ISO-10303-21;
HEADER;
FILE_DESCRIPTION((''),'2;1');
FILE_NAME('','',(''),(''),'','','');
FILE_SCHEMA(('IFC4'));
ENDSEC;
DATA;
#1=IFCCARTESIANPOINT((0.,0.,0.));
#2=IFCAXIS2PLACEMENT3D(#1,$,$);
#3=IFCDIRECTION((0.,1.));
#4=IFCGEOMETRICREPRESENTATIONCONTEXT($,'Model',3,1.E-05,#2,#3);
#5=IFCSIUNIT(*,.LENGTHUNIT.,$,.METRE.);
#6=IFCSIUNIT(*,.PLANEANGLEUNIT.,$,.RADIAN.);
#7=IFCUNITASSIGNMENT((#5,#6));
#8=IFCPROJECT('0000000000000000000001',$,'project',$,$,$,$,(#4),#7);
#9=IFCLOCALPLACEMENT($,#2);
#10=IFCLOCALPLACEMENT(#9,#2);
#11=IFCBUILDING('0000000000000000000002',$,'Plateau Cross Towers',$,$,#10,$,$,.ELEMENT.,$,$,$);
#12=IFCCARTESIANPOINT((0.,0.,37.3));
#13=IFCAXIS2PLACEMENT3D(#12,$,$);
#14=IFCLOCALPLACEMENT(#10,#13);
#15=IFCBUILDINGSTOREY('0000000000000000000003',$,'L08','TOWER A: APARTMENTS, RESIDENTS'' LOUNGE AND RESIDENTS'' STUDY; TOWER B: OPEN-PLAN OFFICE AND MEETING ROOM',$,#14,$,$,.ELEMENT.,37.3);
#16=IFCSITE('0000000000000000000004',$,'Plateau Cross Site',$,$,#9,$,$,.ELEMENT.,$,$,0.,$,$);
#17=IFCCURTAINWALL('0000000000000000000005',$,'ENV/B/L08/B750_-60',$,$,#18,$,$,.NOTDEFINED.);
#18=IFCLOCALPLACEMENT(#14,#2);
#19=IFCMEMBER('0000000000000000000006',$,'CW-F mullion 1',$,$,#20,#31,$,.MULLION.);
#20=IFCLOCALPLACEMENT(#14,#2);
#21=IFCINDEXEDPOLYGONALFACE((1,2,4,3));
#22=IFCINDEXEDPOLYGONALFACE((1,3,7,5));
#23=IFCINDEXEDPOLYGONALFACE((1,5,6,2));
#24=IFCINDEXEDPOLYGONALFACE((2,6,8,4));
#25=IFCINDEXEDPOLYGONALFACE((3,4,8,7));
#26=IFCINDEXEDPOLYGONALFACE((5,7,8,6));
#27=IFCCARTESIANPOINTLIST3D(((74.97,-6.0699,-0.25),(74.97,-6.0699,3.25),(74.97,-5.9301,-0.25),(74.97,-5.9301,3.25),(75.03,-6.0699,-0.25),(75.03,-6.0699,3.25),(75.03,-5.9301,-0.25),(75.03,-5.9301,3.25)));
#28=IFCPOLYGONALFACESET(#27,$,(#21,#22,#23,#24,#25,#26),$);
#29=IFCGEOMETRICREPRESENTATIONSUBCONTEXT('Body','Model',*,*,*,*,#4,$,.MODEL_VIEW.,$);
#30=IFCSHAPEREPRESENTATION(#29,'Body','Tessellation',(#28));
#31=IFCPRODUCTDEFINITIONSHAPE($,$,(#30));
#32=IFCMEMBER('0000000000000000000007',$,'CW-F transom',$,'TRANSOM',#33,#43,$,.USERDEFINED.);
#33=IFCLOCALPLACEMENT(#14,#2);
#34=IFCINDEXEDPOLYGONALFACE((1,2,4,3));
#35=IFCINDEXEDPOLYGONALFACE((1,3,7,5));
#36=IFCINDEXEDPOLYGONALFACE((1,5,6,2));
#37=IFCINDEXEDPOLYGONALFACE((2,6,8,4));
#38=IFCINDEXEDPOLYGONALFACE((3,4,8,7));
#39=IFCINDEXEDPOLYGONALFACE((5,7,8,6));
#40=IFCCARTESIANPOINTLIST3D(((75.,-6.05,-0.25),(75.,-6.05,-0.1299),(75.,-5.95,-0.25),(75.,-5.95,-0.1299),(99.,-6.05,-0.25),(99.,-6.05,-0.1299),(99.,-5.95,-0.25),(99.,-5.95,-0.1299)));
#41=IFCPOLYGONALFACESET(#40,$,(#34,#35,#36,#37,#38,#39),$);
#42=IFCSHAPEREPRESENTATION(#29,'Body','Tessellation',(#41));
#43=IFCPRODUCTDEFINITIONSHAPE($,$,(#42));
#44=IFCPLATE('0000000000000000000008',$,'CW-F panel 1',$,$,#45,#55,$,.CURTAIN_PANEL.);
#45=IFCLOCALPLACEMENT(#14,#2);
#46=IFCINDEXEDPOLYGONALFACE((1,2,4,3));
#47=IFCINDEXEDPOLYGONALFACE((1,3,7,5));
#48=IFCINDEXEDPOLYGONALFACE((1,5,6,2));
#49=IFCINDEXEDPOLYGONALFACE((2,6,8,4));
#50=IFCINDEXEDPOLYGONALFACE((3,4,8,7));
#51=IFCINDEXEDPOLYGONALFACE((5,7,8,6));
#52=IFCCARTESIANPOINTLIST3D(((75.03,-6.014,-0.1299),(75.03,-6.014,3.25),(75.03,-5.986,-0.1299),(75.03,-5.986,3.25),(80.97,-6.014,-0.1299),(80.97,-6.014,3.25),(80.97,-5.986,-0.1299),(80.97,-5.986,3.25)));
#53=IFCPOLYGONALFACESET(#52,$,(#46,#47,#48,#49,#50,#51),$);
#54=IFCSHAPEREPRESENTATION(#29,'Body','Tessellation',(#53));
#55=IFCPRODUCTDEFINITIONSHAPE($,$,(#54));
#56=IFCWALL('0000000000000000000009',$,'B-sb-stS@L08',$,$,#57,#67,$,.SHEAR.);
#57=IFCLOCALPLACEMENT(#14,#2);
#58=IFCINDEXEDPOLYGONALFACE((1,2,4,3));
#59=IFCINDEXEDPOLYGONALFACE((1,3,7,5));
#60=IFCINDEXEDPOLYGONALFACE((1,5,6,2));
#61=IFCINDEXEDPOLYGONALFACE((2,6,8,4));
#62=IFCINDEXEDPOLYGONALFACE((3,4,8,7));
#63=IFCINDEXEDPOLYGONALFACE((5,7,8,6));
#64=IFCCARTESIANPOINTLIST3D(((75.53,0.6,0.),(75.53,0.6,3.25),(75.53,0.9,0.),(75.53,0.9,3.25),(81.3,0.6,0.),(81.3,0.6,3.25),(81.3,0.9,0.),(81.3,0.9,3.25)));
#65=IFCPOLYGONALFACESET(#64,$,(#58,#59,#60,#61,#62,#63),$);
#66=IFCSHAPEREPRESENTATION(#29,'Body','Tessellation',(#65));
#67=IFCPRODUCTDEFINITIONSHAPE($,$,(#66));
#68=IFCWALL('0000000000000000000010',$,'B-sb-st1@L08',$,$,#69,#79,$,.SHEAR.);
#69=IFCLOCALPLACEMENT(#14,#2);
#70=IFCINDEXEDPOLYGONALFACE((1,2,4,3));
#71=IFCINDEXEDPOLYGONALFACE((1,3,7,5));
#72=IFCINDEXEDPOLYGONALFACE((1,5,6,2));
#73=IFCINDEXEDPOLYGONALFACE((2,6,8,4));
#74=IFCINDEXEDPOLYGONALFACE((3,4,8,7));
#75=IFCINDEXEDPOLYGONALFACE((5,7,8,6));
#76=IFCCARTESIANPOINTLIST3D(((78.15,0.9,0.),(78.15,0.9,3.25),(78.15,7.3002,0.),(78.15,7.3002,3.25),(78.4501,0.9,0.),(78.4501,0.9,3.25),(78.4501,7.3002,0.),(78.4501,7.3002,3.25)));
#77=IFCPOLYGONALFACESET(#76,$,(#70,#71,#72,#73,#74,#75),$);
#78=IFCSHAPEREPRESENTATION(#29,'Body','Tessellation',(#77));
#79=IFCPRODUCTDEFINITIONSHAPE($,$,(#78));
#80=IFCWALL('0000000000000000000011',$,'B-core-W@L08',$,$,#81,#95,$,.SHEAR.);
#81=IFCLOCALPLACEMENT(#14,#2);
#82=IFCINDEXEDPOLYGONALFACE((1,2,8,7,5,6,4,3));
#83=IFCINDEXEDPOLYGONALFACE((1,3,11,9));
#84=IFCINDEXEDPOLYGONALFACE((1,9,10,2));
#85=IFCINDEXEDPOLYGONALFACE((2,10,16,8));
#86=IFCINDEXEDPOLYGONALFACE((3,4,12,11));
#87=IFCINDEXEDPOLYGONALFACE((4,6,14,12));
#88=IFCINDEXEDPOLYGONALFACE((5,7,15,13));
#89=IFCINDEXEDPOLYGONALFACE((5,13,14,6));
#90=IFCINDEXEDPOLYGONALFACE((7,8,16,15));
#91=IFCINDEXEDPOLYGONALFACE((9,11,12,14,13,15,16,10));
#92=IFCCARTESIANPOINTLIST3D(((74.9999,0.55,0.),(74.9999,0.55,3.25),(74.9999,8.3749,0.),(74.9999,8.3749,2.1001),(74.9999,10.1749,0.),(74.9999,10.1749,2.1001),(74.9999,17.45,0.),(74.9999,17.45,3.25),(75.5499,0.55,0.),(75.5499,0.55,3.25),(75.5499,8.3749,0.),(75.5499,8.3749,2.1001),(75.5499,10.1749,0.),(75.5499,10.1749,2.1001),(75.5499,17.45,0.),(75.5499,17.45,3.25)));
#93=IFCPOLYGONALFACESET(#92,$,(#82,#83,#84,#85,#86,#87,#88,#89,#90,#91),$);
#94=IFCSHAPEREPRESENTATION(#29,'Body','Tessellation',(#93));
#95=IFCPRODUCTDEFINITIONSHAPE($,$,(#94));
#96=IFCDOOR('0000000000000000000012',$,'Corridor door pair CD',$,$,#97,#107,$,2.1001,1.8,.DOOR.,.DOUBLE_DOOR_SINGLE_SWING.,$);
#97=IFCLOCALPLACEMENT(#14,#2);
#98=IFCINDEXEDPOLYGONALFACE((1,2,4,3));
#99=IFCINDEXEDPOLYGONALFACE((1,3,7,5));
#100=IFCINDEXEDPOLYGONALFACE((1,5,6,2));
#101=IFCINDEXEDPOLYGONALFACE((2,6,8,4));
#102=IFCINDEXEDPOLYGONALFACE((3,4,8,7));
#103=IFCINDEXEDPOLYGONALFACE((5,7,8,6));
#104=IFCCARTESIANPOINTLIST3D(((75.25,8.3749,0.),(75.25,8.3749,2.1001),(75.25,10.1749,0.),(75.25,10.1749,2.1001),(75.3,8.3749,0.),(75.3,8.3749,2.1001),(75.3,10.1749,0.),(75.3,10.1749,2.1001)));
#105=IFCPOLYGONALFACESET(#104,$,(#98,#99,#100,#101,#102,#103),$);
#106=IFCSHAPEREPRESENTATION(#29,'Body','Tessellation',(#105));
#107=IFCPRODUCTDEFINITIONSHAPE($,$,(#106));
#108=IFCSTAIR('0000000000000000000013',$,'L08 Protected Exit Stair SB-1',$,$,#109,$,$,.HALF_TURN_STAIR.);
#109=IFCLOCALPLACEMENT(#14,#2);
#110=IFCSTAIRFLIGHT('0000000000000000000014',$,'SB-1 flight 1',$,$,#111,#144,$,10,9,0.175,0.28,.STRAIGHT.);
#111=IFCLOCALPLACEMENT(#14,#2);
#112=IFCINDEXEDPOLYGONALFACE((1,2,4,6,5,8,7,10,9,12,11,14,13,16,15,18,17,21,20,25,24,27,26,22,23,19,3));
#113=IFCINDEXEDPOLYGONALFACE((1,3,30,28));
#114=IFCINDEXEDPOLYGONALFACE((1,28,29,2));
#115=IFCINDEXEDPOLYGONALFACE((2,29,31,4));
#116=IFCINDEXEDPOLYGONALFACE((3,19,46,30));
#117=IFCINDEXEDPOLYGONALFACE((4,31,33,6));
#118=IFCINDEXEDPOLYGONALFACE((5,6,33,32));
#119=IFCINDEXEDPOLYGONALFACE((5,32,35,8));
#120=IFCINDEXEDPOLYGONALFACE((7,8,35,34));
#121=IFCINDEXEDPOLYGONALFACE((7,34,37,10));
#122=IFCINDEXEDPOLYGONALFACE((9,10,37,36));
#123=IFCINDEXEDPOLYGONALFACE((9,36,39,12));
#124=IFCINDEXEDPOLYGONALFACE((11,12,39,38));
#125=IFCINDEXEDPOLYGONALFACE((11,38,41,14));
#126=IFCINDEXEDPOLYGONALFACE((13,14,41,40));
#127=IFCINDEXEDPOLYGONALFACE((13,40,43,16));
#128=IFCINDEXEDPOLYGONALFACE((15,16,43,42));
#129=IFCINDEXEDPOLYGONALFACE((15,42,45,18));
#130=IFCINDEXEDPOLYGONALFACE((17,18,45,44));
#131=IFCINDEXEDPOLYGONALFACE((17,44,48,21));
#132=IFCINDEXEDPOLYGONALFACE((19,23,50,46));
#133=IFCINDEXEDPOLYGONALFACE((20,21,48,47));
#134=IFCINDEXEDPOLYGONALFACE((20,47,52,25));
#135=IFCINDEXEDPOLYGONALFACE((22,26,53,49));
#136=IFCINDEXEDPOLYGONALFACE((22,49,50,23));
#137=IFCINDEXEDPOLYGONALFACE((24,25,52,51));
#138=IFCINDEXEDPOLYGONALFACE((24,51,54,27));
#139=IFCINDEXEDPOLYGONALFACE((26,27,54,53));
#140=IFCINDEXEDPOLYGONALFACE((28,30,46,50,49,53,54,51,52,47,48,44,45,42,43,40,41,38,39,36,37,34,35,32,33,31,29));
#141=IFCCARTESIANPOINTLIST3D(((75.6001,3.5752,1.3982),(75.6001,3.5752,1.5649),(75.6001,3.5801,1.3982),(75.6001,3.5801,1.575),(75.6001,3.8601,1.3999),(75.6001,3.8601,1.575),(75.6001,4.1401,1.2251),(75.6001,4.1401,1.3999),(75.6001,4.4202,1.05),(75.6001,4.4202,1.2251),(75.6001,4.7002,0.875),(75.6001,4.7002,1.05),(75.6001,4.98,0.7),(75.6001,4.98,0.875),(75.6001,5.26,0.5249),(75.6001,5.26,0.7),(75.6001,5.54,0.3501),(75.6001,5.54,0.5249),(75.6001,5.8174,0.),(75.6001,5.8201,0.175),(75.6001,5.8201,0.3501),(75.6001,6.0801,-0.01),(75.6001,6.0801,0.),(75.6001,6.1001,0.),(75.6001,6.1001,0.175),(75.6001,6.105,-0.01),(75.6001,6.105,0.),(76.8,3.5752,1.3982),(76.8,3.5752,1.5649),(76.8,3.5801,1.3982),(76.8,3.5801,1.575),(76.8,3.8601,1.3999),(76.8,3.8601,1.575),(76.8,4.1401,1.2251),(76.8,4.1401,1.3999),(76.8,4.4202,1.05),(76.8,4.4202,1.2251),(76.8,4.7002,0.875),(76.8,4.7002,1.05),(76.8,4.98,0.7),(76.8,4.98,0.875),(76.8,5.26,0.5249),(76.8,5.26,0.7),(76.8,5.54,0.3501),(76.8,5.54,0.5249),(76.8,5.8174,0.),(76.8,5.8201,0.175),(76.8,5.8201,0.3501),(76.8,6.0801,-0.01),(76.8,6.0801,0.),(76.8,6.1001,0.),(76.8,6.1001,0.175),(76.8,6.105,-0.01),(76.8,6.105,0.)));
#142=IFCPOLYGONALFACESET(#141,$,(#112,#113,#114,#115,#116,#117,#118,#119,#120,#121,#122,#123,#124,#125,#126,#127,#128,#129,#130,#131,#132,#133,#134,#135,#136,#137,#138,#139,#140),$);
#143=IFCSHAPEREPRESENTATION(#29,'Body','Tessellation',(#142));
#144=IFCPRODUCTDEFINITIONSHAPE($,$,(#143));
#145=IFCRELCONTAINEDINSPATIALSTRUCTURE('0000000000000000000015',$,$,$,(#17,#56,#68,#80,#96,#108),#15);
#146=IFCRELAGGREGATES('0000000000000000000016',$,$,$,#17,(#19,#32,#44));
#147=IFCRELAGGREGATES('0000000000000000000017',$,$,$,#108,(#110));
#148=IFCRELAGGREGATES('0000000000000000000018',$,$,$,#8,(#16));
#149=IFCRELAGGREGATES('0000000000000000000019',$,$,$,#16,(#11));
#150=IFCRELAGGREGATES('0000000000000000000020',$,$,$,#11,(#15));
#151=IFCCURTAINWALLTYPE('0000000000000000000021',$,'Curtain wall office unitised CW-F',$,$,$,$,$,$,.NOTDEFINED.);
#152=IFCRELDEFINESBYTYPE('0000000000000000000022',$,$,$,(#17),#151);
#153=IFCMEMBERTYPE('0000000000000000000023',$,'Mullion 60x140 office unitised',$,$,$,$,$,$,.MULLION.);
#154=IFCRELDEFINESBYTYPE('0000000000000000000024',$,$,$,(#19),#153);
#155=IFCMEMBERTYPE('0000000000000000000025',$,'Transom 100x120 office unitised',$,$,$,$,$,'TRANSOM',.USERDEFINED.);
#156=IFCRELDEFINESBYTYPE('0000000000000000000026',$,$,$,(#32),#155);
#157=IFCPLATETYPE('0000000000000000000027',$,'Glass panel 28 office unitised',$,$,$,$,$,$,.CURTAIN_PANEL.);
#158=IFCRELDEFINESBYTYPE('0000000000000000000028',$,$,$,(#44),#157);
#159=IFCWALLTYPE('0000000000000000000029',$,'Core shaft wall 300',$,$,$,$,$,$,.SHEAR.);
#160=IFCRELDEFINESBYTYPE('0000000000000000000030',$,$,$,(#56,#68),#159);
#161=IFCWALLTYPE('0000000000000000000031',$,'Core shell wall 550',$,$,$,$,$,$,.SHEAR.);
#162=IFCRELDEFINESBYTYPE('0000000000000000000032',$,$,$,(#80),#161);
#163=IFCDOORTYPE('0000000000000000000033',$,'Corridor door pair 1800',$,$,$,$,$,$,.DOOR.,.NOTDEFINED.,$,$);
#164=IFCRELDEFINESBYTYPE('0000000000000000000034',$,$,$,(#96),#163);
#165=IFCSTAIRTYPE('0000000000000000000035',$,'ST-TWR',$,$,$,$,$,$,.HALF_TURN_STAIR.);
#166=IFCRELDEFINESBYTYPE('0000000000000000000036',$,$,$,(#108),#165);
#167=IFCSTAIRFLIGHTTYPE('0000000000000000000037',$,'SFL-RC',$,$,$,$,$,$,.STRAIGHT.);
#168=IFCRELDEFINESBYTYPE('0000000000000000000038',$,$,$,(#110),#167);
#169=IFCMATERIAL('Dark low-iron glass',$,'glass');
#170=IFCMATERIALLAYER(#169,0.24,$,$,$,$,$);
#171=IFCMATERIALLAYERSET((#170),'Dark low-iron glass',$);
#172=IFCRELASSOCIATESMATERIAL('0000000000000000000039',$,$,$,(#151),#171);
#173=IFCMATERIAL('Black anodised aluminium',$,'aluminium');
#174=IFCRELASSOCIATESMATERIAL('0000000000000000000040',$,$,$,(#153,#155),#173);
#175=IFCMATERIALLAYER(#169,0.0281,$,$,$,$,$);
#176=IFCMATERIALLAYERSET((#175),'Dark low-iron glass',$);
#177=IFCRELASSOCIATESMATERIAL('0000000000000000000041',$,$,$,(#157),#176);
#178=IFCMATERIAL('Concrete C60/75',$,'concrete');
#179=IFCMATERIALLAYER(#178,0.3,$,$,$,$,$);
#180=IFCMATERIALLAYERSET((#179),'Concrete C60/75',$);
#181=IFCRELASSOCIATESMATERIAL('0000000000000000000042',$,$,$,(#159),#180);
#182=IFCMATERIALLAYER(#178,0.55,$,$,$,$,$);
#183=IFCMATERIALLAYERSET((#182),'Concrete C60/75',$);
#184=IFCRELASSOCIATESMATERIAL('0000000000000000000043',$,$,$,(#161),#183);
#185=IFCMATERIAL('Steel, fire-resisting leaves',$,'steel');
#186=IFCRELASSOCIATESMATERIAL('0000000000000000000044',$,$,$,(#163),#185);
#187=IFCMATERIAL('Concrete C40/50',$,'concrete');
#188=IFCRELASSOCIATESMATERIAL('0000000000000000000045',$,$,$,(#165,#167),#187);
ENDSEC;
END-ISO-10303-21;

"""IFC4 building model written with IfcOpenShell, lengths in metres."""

from ifc_helpers import new_model, si_unit, direction, frame, frame_2d, origin, origin_2d, place, context, subcontext, project, spatial, polyline, rectangle, outline, extrude, material, layer, layer_set, material_profile, profile_set, type_object, element, fill, aggregate, save


model = new_model("IFC4")

# Units and contexts
model_context = context("Model", 3, precision=1e-05, world=origin(), true_north=direction((0.0, 1.0)))
body_context = subcontext(model_context, "Body", "Model", "MODEL_VIEW")
ifc_project = project(units=[si_unit("LENGTHUNIT", "METRE"), si_unit("PLANEANGLEUNIT", "RADIAN")], contexts=[model_context])

# Site, building, storey
site_placement = place(None, origin())
site = spatial("IfcSite", under=ifc_project, at=site_placement, Name="Plateau Cross Site", CompositionType="ELEMENT", RefElevation=0.0)
building_placement = place(site_placement, origin())
building = spatial("IfcBuilding", under=site, at=building_placement, Name="Plateau Cross Towers", CompositionType="ELEMENT")
storey_placement = place(building_placement, frame((0.0, 0.0, 37.3)))
storey = spatial("IfcBuildingStorey", under=building, at=storey_placement, Name="L08", Description="TOWER A: APARTMENTS, RESIDENTS' LOUNGE AND RESIDENTS' STUDY; TOWER B: OPEN-PLAN OFFICE AND MEETING ROOM", CompositionType="ELEMENT", Elevation=37.3)

# Curtain wall, members, plate
ifc_material_1 = material(Name="Dark low-iron glass", Category="glass")
ifc_layer_1 = layer(ifc_material_1, 0.24)
ifc_layer_set_1 = layer_set([ifc_layer_1], Name="Dark low-iron glass")
curtain_wall_type = type_object("IfcCurtainWallType", Name="Curtain wall office unitised CW-F", PredefinedType="NOTDEFINED", material=ifc_layer_set_1)
curtain_wall_placement = place(storey_placement, origin())
curtain_wall = element("IfcCurtainWall", 1, at=curtain_wall_placement, inside=storey, type_object=curtain_wall_type, Name="ENV/B/L08/B750_-60", PredefinedType="NOTDEFINED")
ifc_material_2 = material(Name="Black anodised aluminium", Category="aluminium")
ifc_material_profile_1 = material_profile(ifc_material_2, rectangle(XDim=0.0601, YDim=0.1399, at=origin_2d()), Name="MULLION 60x140")
ifc_profile_set_1 = profile_set([ifc_material_profile_1], Name="Black anodised aluminium")
member_type_1 = type_object("IfcMemberType", Name="Mullion 60x140 office unitised", PredefinedType="MULLION", material=ifc_profile_set_1)
member_1_placement = place(storey_placement, frame((75.0, -6.0, -0.25), z_axis=(0.0, 0.0, 1.0), x_axis=(1.0, 0.0, 0.0)))
member_1 = element("IfcMember", 2, at=member_1_placement, type_object=member_type_1, Name="CW-F mullion 1", PredefinedType="MULLION", context=body_context, shape_type="SweptSolid", body=[
    extrude(rectangle(XDim=0.0601, YDim=0.1399, at=origin_2d()), origin(), (0.0, 0.0, 1.0), 3.5),
])
ifc_material_profile_2 = material_profile(ifc_material_2, rectangle(XDim=0.1001, YDim=0.1201, at=origin_2d()), Name="TRANSOM 100x120")
ifc_profile_set_2 = profile_set([ifc_material_profile_2], Name="Black anodised aluminium")
member_type_2 = type_object("IfcMemberType", Name="Transom 100x120 office unitised", ElementType="TRANSOM", PredefinedType="USERDEFINED", material=ifc_profile_set_2)
member_2_placement = place(storey_placement, frame((75.0, -6.0, -0.1899), z_axis=(1.0, 0.0, 0.0), x_axis=(0.0, 1.0, 0.0)))
member_2 = element("IfcMember", 3, at=member_2_placement, type_object=member_type_2, Name="CW-F transom", ObjectType="TRANSOM", PredefinedType="USERDEFINED", context=body_context, shape_type="SweptSolid", body=[
    extrude(rectangle(XDim=0.1001, YDim=0.1201, at=origin_2d()), origin(), (0.0, 0.0, 1.0), 24.0),
])
ifc_layer_2 = layer(ifc_material_1, 0.0281)
ifc_layer_set_2 = layer_set([ifc_layer_2], Name="Dark low-iron glass")
plate_type = type_object("IfcPlateType", Name="Glass panel 28 office unitised", PredefinedType="CURTAIN_PANEL", material=ifc_layer_set_2)
plate_placement = place(storey_placement, frame((78.0, -6.0, -0.1299), z_axis=(0.0, 0.0, 1.0), x_axis=(1.0, 0.0, 0.0)))
plate = element("IfcPlate", 4, at=plate_placement, type_object=plate_type, Name="CW-F panel 1", PredefinedType="CURTAIN_PANEL", context=body_context, shape_type="SweptSolid", body=[
    extrude(rectangle(XDim=5.9399, YDim=0.0281, at=origin_2d()), origin(), (0.0, 0.0, 1.0), 3.3799),
])
aggregate(curtain_wall, [member_1, member_2, plate])

# Walls
ifc_material_3 = material(Name="Concrete C60/75", Category="concrete")
ifc_layer_3 = layer(ifc_material_3, 0.3)
ifc_layer_set_3 = layer_set([ifc_layer_3], Name="Concrete C60/75")
wall_type_1 = type_object("IfcWallType", Name="Core shaft wall 300", PredefinedType="SHEAR", material=ifc_layer_set_3)
wall_1_placement = place(storey_placement, frame((75.53, 0.75, 0.0), z_axis=(0.0, 0.0, 1.0), x_axis=(1.0, 0.0, 0.0)))
element("IfcWall", 5, at=wall_1_placement, inside=storey, type_object=wall_type_1, Name="B-sb-stS@L08", PredefinedType="SHEAR", context=body_context, shape_type="SweptSolid", body=[
    extrude(rectangle(XDim=5.77, YDim=0.3, at=frame_2d((2.885, 0.0))), origin(), (0.0, 0.0, 1.0), 3.25),
])
wall_2_placement = place(storey_placement, frame((78.3, 0.8999, 0.0), z_axis=(0.0, 0.0, 1.0), x_axis=(0.0, 1.0, 0.0)))
element("IfcWall", 6, at=wall_2_placement, inside=storey, type_object=wall_type_1, Name="B-sb-st1@L08", PredefinedType="SHEAR", context=body_context, shape_type="SweptSolid", body=[
    extrude(rectangle(XDim=6.4001, YDim=0.3, at=frame_2d((3.2002, 0.0))), origin(), (0.0, 0.0, 1.0), 3.25),
])

# Wall, opening, door
ifc_layer_4 = layer(ifc_material_3, 0.55)
ifc_layer_set_4 = layer_set([ifc_layer_4], Name="Concrete C60/75")
wall_type_2 = type_object("IfcWallType", Name="Core shell wall 550", PredefinedType="SHEAR", material=ifc_layer_set_4)
wall_3_placement = place(storey_placement, frame((75.2749, 0.55, 0.0), z_axis=(0.0, 0.0, 1.0), x_axis=(0.0, 1.0, 0.0)))
wall_3 = element("IfcWall", 7, at=wall_3_placement, inside=storey, type_object=wall_type_2, Name="B-core-W@L08", PredefinedType="SHEAR", context=body_context, shape_type="SweptSolid", body=[
    extrude(rectangle(XDim=16.8999, YDim=0.55, at=frame_2d((8.45, 0.0))), origin(), (0.0, 0.0, 1.0), 3.25),
])
opening_1_placement = place(wall_3_placement, frame((7.825, 0.0, 0.0)))
opening_1 = element("IfcOpeningElement", 8, at=opening_1_placement, cuts=wall_3, PredefinedType="OPENING", context=body_context, shape_type="SweptSolid", body=[
    extrude(rectangle(XDim=1.8, YDim=2.1001, at=frame_2d((0.8999, 1.05))), frame((0.0, 0.2849, 0.0), z_axis=(0.0, -1.0, 0.0), x_axis=(1.0, 0.0, 0.0)), (0.0, 0.0, 1.0), 0.5701),
])
ifc_material_4 = material(Name="Steel, fire-resisting leaves", Category="steel")
door_type_1 = type_object("IfcDoorType", Name="Corridor door pair 1800", OperationType="NOTDEFINED", PredefinedType="DOOR", material=ifc_material_4)
door_1_placement = place(opening_1_placement, origin())
door_1 = element("IfcDoor", 9, at=door_1_placement, inside=storey, type_object=door_type_1, Name="Corridor door pair CD", OperationType="DOUBLE_DOOR_SINGLE_SWING", OverallHeight=2.1001, OverallWidth=1.8, PredefinedType="DOOR", context=body_context, shape_type="SweptSolid", body=[
    extrude(rectangle(XDim=1.8, YDim=2.1001, at=frame_2d((0.8999, 1.05))), frame((0.0, 0.0249, 0.0), z_axis=(0.0, -1.0, 0.0), x_axis=(1.0, 0.0, 0.0)), (0.0, 0.0, 1.0), 0.05),
])
fill(opening_1, door_1)

# Stair, stair flight
ifc_material_5 = material(Name="Concrete C40/50", Category="concrete")
stair_type = type_object("IfcStairType", Name="ST-TWR", PredefinedType="HALF_TURN_STAIR", material=ifc_material_5)
stair_placement = place(storey_placement, origin())
stair = element("IfcStair", 10, at=stair_placement, inside=storey, type_object=stair_type, Name="L08 Protected Exit Stair SB-1", PredefinedType="HALF_TURN_STAIR")
stair_flight_type = type_object("IfcStairFlightType", Name="SFL-RC", PredefinedType="STRAIGHT", material=ifc_material_5)
stair_flight_1_placement = place(storey_placement, frame((76.2, 6.1001, 0.0), z_axis=(0.0, 0.0, 1.0), x_axis=(0.0, -1.0, 0.0)))
stair_flight_1 = element("IfcStairFlight", 11, at=stair_flight_1_placement, type_object=stair_flight_type, Name="SB-1 flight 1", NumberOfRisers=10, NumberOfTreads=9, PredefinedType="STRAIGHT", RiserHeight=0.175, TreadLength=0.28, context=body_context, shape_type="SweptSolid", body=[
    extrude(outline(polyline([(-0.0049, -0.01), (-0.0049, 0.0), (0.0, 0.0), (0.0, 0.175), (0.28, 0.175), (0.28, 0.3501), (0.5601, 0.3501), (0.5601, 0.5249), (0.8401, 0.5249), (0.8401, 0.7), (1.1201, 0.7), (1.1201, 0.875), (1.3999, 0.875), (1.3999, 1.05), (1.6799, 1.05), (1.6799, 1.2251), (1.96, 1.2251), (1.96, 1.3999), (2.24, 1.3999), (2.24, 1.575), (2.52, 1.575), (2.5249, 1.5649), (2.5249, 1.3982), (2.52, 1.3982), (0.2827, 0.0), (0.02, 0.0), (0.02, -0.01), (-0.0049, -0.01)])), frame((0.0, 0.6001, 0.0), z_axis=(0.0, -1.0, 0.0), x_axis=(1.0, 0.0, 0.0)), (0.0, 0.0, 1.0), 1.2),
])
aggregate(stair, [stair_flight_1])

save(model, "model.ifc")
